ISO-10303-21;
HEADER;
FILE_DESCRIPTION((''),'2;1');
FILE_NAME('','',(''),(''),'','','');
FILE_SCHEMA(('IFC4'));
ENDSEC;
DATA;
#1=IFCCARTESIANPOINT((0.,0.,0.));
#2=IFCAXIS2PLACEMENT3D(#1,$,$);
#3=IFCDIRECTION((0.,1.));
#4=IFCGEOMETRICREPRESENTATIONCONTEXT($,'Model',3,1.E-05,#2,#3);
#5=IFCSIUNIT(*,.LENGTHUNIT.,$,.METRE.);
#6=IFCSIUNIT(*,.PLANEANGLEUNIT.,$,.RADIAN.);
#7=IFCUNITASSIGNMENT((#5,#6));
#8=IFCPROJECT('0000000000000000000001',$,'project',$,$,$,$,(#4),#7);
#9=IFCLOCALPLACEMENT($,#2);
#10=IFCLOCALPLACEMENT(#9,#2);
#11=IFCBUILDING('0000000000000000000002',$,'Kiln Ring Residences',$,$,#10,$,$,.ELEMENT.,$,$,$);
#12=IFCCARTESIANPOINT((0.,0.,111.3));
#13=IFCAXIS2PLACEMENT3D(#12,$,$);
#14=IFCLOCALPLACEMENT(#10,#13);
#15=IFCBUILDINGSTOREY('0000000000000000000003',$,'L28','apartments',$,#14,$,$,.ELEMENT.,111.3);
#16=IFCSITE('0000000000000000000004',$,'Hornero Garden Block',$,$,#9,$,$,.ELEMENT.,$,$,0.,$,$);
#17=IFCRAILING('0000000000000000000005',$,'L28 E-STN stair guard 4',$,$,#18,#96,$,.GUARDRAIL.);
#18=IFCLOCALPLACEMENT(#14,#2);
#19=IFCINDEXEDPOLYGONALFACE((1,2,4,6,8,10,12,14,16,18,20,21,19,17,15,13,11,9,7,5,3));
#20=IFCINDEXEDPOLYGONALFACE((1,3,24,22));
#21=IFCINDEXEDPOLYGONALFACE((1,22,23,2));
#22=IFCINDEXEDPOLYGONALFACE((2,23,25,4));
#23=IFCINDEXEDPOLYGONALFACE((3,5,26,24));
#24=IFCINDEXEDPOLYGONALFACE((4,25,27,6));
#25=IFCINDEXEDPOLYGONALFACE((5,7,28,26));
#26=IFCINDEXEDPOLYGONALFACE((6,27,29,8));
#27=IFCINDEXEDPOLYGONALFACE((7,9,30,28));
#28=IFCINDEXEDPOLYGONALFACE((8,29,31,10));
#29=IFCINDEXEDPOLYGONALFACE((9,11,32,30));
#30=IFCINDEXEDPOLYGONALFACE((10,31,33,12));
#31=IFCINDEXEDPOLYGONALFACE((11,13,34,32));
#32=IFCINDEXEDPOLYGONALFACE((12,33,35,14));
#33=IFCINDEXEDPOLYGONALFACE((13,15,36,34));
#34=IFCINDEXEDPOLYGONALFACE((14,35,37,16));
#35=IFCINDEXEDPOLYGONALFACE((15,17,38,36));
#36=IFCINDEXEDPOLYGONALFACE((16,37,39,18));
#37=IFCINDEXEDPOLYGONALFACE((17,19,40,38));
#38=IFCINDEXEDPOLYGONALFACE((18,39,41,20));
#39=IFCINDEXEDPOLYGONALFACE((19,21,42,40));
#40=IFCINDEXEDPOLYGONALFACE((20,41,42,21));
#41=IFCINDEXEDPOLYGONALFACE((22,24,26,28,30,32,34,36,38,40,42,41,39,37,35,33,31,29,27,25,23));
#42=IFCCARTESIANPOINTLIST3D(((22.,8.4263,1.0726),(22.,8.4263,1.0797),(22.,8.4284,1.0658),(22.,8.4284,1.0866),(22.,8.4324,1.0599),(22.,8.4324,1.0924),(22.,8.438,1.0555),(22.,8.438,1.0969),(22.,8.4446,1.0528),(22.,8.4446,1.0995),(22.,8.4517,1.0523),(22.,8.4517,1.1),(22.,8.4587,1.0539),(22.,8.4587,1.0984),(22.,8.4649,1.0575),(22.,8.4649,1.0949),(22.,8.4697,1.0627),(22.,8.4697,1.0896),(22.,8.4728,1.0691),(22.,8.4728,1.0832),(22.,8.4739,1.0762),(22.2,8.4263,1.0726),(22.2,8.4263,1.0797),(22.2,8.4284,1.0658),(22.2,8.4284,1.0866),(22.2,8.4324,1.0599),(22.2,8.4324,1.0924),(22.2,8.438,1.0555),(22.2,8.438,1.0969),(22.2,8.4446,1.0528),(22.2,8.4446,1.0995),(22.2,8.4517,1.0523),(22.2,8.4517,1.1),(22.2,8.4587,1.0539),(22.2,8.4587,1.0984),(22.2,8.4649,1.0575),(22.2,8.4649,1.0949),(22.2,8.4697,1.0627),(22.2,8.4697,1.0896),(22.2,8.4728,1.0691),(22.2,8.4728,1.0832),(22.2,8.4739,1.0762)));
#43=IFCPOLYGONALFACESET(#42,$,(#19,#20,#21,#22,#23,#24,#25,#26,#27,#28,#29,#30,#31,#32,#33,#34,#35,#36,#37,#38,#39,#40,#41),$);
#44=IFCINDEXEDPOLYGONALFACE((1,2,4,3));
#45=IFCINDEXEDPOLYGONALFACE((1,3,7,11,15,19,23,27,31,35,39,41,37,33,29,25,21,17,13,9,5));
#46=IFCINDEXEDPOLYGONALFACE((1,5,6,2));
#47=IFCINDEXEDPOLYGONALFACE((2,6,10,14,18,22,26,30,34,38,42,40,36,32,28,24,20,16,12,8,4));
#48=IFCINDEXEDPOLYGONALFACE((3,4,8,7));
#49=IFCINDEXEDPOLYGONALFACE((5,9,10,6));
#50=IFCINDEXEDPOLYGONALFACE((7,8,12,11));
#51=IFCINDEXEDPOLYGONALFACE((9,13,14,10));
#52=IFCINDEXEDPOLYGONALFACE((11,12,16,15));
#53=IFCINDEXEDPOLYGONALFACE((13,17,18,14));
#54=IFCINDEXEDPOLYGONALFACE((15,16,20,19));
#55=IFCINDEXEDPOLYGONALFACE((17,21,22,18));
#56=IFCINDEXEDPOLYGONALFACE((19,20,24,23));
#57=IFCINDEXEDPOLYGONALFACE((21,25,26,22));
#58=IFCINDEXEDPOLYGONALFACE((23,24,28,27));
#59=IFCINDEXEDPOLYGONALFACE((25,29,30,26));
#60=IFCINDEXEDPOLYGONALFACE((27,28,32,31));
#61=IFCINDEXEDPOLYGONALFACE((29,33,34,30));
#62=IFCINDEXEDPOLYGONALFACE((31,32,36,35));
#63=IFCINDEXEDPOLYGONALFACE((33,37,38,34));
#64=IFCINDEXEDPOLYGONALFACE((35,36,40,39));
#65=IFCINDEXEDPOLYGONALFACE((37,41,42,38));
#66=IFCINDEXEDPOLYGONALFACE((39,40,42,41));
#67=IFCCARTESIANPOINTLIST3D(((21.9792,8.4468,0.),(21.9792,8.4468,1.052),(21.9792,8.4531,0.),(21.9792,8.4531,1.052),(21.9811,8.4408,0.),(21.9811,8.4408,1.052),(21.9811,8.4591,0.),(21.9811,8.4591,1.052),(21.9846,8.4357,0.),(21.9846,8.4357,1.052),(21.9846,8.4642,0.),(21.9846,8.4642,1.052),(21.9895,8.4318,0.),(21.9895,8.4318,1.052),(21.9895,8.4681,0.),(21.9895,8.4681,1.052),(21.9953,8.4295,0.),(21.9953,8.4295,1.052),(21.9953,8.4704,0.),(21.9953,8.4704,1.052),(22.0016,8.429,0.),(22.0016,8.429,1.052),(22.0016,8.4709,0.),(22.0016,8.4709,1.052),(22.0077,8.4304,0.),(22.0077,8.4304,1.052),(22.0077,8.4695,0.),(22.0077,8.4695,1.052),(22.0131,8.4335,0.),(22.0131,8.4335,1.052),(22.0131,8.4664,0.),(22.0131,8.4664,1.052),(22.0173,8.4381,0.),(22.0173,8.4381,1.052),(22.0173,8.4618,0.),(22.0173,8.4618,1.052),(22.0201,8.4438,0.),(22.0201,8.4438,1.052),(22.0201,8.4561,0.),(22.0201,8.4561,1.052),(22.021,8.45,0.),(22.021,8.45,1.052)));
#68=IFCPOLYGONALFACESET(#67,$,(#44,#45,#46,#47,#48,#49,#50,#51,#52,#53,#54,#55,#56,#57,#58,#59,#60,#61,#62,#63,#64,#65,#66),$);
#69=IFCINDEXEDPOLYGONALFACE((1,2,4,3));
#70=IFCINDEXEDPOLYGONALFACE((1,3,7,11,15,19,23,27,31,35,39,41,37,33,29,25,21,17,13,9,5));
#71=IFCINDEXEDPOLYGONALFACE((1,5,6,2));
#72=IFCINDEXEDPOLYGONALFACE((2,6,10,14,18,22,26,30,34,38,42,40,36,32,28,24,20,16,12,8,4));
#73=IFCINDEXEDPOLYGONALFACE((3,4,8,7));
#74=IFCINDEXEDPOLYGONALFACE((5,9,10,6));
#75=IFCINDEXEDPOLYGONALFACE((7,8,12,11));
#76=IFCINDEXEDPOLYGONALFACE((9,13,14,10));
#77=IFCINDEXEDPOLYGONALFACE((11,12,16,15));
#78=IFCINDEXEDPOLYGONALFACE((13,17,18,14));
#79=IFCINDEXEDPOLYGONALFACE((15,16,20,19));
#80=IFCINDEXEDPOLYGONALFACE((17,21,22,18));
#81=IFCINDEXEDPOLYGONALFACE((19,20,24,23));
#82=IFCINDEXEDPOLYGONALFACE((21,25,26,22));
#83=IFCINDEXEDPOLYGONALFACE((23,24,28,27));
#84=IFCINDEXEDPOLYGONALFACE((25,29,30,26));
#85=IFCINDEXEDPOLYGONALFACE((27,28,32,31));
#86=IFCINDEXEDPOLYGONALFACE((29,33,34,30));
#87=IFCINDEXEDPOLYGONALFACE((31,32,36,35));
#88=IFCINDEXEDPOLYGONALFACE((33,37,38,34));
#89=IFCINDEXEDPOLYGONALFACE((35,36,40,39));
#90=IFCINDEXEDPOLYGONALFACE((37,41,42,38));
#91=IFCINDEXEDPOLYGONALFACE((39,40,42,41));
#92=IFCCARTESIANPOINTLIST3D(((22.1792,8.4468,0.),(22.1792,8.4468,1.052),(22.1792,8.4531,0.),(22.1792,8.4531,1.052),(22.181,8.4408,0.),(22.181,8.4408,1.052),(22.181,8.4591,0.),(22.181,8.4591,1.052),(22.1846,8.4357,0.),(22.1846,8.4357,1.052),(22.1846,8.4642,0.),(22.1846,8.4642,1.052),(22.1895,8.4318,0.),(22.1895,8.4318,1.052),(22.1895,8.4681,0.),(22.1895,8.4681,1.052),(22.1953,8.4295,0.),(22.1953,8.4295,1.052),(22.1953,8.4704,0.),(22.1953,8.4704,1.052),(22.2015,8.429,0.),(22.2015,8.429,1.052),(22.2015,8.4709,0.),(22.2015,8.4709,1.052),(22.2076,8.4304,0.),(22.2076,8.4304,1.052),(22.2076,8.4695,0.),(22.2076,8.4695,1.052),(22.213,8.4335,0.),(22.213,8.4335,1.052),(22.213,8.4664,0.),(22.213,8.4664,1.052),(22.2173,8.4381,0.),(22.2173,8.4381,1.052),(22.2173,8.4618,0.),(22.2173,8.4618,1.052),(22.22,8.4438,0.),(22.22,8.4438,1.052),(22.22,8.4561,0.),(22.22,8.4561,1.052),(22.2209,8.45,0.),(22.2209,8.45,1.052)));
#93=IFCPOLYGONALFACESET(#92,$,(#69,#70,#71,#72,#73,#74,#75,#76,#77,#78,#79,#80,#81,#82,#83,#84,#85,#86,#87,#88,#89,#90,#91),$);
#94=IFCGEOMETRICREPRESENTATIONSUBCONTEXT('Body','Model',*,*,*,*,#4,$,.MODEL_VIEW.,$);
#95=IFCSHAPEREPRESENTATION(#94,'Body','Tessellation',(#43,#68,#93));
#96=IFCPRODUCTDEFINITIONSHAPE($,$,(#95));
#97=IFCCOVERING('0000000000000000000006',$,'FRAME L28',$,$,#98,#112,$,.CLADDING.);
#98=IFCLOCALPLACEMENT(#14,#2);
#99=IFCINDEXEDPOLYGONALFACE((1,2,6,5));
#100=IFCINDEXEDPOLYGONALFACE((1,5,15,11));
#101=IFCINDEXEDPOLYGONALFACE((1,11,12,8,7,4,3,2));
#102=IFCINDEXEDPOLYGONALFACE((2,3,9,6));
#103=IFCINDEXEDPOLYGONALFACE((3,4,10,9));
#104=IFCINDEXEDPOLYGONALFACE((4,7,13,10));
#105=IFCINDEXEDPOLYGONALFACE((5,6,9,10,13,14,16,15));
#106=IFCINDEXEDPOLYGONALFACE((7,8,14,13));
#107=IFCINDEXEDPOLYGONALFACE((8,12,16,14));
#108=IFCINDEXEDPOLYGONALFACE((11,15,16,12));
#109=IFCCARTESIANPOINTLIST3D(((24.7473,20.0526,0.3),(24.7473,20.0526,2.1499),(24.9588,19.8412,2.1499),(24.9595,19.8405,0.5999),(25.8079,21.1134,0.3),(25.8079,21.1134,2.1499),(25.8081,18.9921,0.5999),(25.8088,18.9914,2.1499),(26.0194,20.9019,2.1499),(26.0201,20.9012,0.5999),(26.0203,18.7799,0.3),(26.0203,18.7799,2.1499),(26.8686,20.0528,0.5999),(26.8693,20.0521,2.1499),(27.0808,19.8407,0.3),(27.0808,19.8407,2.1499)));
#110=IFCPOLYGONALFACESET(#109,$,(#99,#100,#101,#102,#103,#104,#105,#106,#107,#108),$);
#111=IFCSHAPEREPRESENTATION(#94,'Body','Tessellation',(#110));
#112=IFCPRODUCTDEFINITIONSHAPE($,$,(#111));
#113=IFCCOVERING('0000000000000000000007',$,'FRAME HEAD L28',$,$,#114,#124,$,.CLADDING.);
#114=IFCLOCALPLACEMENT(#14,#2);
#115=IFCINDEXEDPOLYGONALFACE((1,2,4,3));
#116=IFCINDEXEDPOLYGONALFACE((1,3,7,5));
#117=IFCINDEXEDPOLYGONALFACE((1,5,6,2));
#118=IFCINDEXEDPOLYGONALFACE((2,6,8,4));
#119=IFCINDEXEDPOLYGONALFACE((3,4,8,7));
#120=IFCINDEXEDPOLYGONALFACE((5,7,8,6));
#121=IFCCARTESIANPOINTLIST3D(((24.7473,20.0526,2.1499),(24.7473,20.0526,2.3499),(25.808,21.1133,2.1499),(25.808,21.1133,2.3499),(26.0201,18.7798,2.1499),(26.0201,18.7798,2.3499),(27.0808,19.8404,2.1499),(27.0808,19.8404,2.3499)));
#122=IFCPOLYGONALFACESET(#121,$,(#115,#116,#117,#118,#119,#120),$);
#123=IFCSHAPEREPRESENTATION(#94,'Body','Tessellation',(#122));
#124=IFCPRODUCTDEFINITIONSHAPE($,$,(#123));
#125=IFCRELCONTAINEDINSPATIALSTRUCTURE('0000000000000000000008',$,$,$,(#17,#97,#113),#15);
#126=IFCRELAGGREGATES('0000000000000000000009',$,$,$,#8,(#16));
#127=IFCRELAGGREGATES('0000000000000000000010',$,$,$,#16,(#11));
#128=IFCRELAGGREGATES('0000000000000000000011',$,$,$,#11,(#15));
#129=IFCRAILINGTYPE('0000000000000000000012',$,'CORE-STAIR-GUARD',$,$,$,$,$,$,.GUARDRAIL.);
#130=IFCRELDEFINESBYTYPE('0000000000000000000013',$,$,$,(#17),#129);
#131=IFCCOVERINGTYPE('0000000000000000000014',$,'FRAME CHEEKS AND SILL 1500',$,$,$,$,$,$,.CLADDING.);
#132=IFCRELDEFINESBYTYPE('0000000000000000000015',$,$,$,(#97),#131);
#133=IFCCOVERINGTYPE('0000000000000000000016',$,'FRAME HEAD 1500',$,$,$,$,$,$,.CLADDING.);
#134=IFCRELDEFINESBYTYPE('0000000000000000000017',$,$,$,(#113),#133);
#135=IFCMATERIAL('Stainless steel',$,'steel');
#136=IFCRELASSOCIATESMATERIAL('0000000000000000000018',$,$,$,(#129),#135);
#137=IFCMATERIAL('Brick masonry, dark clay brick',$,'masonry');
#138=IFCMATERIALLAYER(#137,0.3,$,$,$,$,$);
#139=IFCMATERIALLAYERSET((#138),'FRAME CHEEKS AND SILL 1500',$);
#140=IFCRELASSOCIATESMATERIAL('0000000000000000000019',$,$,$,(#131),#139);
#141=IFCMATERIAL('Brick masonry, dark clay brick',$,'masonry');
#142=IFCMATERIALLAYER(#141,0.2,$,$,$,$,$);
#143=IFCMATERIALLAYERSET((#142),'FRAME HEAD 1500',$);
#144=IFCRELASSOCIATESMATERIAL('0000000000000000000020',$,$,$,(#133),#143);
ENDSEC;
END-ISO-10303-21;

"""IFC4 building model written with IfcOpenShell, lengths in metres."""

from ifc_helpers import new_model, si_unit, direction, frame, origin, origin_2d, place, context, subcontext, project, spatial, polyline, rectangle, circle, outline, extrude, material, layer, layer_set, type_object, element, save


model = new_model("IFC4")

# Units and contexts
model_context = context("Model", 3, precision=1e-05, world=origin(), true_north=direction((0.0, 1.0)))
body_context = subcontext(model_context, "Body", "Model", "MODEL_VIEW")
ifc_project = project(units=[si_unit("LENGTHUNIT", "METRE"), si_unit("PLANEANGLEUNIT", "RADIAN")], contexts=[model_context])

# Site, building, storey
site_placement = place(None, origin())
site = spatial("IfcSite", under=ifc_project, at=site_placement, Name="Hornero Garden Block", CompositionType="ELEMENT", RefElevation=0.0)
building_placement = place(site_placement, origin())
building = spatial("IfcBuilding", under=site, at=building_placement, Name="Kiln Ring Residences", CompositionType="ELEMENT")
storey_placement = place(building_placement, frame((0.0, 0.0, 111.3)))
storey = spatial("IfcBuildingStorey", under=building, at=storey_placement, Name="L28", Description="apartments", CompositionType="ELEMENT", Elevation=111.3)

# Railing
ifc_material_1 = material(Name="Stainless steel", Category="steel")
railing_type = type_object("IfcRailingType", Name="CORE-STAIR-GUARD", PredefinedType="GUARDRAIL", material=ifc_material_1)
railing_1_placement = place(storey_placement, frame((22.0, 8.45, 0.0)))
element("IfcRailing", 1, at=railing_1_placement, inside=storey, type_object=railing_type, Name="L28 E-STN stair guard 4", PredefinedType="GUARDRAIL", context=body_context, shape_type="SweptSolid", body=[
    extrude(circle(Radius=0.0239, at=origin_2d()), frame((0.0, 0.0, 1.0762), z_axis=(1.0, 0.0, 0.0), x_axis=(0.0, 1.0, 0.0)), (0.0, 0.0, 1.0), 0.2),
    extrude(circle(Radius=0.021, at=origin_2d()), origin(), (0.0, 0.0, 1.0), 1.052),
    extrude(circle(Radius=0.021, at=origin_2d()), frame((0.2, 0.0, 0.0)), (0.0, 0.0, 1.0), 1.052),
])

# Coverings
ifc_material_2 = material(Name="Brick masonry, dark clay brick", Category="masonry")
ifc_layer_1 = layer(ifc_material_2, 0.3)
ifc_layer_set_1 = layer_set([ifc_layer_1], Name="FRAME CHEEKS AND SILL 1500")
covering_type_1 = type_object("IfcCoveringType", Name="FRAME CHEEKS AND SILL 1500", PredefinedType="CLADDING", material=ifc_layer_set_1)
covering_1_placement = place(storey_placement, frame((26.5505, 19.3103, 0.3), z_axis=(0.0, 0.0, 1.0), x_axis=(-0.707175, 0.707039, 0.0)))
element("IfcCovering", 2, at=covering_1_placement, inside=storey, type_object=covering_type_1, Name="FRAME L28", PredefinedType="CLADDING", context=body_context, shape_type="SweptSolid", body=[
    extrude(outline(polyline([(0.0, 0.0), (1.8, 0.0), (1.8, 1.8499), (1.501, 1.8499), (1.5, 0.2998), (0.3, 0.2998), (0.2991, 1.8499), (0.0, 1.8499), (0.0, 0.0)])), frame((0.0, 0.75, 0.0), z_axis=(0.0, -1.0, 0.0), x_axis=(1.0, 0.0, 0.0)), (0.0, 0.0, 1.0), 1.5),
])
ifc_material_3 = material(Name="Brick masonry, dark clay brick", Category="masonry")
ifc_layer_2 = layer(ifc_material_3, 0.2)
ifc_layer_set_2 = layer_set([ifc_layer_2], Name="FRAME HEAD 1500")
covering_type_2 = type_object("IfcCoveringType", Name="FRAME HEAD 1500", PredefinedType="CLADDING", material=ifc_layer_set_2)
covering_2_placement = place(storey_placement, frame((25.9141, 19.9465, 2.1499), z_axis=(0.0, 0.0, 1.0), x_axis=(-0.707107, 0.707107, 0.0)))
element("IfcCovering", 3, at=covering_2_placement, inside=storey, type_object=covering_type_2, Name="FRAME HEAD L28", PredefinedType="CLADDING", context=body_context, shape_type="SweptSolid", body=[
    extrude(rectangle(XDim=1.8, YDim=1.5, at=origin_2d()), origin(), (0.0, 0.0, 1.0), 0.2),
])

save(model, "model.ifc")
